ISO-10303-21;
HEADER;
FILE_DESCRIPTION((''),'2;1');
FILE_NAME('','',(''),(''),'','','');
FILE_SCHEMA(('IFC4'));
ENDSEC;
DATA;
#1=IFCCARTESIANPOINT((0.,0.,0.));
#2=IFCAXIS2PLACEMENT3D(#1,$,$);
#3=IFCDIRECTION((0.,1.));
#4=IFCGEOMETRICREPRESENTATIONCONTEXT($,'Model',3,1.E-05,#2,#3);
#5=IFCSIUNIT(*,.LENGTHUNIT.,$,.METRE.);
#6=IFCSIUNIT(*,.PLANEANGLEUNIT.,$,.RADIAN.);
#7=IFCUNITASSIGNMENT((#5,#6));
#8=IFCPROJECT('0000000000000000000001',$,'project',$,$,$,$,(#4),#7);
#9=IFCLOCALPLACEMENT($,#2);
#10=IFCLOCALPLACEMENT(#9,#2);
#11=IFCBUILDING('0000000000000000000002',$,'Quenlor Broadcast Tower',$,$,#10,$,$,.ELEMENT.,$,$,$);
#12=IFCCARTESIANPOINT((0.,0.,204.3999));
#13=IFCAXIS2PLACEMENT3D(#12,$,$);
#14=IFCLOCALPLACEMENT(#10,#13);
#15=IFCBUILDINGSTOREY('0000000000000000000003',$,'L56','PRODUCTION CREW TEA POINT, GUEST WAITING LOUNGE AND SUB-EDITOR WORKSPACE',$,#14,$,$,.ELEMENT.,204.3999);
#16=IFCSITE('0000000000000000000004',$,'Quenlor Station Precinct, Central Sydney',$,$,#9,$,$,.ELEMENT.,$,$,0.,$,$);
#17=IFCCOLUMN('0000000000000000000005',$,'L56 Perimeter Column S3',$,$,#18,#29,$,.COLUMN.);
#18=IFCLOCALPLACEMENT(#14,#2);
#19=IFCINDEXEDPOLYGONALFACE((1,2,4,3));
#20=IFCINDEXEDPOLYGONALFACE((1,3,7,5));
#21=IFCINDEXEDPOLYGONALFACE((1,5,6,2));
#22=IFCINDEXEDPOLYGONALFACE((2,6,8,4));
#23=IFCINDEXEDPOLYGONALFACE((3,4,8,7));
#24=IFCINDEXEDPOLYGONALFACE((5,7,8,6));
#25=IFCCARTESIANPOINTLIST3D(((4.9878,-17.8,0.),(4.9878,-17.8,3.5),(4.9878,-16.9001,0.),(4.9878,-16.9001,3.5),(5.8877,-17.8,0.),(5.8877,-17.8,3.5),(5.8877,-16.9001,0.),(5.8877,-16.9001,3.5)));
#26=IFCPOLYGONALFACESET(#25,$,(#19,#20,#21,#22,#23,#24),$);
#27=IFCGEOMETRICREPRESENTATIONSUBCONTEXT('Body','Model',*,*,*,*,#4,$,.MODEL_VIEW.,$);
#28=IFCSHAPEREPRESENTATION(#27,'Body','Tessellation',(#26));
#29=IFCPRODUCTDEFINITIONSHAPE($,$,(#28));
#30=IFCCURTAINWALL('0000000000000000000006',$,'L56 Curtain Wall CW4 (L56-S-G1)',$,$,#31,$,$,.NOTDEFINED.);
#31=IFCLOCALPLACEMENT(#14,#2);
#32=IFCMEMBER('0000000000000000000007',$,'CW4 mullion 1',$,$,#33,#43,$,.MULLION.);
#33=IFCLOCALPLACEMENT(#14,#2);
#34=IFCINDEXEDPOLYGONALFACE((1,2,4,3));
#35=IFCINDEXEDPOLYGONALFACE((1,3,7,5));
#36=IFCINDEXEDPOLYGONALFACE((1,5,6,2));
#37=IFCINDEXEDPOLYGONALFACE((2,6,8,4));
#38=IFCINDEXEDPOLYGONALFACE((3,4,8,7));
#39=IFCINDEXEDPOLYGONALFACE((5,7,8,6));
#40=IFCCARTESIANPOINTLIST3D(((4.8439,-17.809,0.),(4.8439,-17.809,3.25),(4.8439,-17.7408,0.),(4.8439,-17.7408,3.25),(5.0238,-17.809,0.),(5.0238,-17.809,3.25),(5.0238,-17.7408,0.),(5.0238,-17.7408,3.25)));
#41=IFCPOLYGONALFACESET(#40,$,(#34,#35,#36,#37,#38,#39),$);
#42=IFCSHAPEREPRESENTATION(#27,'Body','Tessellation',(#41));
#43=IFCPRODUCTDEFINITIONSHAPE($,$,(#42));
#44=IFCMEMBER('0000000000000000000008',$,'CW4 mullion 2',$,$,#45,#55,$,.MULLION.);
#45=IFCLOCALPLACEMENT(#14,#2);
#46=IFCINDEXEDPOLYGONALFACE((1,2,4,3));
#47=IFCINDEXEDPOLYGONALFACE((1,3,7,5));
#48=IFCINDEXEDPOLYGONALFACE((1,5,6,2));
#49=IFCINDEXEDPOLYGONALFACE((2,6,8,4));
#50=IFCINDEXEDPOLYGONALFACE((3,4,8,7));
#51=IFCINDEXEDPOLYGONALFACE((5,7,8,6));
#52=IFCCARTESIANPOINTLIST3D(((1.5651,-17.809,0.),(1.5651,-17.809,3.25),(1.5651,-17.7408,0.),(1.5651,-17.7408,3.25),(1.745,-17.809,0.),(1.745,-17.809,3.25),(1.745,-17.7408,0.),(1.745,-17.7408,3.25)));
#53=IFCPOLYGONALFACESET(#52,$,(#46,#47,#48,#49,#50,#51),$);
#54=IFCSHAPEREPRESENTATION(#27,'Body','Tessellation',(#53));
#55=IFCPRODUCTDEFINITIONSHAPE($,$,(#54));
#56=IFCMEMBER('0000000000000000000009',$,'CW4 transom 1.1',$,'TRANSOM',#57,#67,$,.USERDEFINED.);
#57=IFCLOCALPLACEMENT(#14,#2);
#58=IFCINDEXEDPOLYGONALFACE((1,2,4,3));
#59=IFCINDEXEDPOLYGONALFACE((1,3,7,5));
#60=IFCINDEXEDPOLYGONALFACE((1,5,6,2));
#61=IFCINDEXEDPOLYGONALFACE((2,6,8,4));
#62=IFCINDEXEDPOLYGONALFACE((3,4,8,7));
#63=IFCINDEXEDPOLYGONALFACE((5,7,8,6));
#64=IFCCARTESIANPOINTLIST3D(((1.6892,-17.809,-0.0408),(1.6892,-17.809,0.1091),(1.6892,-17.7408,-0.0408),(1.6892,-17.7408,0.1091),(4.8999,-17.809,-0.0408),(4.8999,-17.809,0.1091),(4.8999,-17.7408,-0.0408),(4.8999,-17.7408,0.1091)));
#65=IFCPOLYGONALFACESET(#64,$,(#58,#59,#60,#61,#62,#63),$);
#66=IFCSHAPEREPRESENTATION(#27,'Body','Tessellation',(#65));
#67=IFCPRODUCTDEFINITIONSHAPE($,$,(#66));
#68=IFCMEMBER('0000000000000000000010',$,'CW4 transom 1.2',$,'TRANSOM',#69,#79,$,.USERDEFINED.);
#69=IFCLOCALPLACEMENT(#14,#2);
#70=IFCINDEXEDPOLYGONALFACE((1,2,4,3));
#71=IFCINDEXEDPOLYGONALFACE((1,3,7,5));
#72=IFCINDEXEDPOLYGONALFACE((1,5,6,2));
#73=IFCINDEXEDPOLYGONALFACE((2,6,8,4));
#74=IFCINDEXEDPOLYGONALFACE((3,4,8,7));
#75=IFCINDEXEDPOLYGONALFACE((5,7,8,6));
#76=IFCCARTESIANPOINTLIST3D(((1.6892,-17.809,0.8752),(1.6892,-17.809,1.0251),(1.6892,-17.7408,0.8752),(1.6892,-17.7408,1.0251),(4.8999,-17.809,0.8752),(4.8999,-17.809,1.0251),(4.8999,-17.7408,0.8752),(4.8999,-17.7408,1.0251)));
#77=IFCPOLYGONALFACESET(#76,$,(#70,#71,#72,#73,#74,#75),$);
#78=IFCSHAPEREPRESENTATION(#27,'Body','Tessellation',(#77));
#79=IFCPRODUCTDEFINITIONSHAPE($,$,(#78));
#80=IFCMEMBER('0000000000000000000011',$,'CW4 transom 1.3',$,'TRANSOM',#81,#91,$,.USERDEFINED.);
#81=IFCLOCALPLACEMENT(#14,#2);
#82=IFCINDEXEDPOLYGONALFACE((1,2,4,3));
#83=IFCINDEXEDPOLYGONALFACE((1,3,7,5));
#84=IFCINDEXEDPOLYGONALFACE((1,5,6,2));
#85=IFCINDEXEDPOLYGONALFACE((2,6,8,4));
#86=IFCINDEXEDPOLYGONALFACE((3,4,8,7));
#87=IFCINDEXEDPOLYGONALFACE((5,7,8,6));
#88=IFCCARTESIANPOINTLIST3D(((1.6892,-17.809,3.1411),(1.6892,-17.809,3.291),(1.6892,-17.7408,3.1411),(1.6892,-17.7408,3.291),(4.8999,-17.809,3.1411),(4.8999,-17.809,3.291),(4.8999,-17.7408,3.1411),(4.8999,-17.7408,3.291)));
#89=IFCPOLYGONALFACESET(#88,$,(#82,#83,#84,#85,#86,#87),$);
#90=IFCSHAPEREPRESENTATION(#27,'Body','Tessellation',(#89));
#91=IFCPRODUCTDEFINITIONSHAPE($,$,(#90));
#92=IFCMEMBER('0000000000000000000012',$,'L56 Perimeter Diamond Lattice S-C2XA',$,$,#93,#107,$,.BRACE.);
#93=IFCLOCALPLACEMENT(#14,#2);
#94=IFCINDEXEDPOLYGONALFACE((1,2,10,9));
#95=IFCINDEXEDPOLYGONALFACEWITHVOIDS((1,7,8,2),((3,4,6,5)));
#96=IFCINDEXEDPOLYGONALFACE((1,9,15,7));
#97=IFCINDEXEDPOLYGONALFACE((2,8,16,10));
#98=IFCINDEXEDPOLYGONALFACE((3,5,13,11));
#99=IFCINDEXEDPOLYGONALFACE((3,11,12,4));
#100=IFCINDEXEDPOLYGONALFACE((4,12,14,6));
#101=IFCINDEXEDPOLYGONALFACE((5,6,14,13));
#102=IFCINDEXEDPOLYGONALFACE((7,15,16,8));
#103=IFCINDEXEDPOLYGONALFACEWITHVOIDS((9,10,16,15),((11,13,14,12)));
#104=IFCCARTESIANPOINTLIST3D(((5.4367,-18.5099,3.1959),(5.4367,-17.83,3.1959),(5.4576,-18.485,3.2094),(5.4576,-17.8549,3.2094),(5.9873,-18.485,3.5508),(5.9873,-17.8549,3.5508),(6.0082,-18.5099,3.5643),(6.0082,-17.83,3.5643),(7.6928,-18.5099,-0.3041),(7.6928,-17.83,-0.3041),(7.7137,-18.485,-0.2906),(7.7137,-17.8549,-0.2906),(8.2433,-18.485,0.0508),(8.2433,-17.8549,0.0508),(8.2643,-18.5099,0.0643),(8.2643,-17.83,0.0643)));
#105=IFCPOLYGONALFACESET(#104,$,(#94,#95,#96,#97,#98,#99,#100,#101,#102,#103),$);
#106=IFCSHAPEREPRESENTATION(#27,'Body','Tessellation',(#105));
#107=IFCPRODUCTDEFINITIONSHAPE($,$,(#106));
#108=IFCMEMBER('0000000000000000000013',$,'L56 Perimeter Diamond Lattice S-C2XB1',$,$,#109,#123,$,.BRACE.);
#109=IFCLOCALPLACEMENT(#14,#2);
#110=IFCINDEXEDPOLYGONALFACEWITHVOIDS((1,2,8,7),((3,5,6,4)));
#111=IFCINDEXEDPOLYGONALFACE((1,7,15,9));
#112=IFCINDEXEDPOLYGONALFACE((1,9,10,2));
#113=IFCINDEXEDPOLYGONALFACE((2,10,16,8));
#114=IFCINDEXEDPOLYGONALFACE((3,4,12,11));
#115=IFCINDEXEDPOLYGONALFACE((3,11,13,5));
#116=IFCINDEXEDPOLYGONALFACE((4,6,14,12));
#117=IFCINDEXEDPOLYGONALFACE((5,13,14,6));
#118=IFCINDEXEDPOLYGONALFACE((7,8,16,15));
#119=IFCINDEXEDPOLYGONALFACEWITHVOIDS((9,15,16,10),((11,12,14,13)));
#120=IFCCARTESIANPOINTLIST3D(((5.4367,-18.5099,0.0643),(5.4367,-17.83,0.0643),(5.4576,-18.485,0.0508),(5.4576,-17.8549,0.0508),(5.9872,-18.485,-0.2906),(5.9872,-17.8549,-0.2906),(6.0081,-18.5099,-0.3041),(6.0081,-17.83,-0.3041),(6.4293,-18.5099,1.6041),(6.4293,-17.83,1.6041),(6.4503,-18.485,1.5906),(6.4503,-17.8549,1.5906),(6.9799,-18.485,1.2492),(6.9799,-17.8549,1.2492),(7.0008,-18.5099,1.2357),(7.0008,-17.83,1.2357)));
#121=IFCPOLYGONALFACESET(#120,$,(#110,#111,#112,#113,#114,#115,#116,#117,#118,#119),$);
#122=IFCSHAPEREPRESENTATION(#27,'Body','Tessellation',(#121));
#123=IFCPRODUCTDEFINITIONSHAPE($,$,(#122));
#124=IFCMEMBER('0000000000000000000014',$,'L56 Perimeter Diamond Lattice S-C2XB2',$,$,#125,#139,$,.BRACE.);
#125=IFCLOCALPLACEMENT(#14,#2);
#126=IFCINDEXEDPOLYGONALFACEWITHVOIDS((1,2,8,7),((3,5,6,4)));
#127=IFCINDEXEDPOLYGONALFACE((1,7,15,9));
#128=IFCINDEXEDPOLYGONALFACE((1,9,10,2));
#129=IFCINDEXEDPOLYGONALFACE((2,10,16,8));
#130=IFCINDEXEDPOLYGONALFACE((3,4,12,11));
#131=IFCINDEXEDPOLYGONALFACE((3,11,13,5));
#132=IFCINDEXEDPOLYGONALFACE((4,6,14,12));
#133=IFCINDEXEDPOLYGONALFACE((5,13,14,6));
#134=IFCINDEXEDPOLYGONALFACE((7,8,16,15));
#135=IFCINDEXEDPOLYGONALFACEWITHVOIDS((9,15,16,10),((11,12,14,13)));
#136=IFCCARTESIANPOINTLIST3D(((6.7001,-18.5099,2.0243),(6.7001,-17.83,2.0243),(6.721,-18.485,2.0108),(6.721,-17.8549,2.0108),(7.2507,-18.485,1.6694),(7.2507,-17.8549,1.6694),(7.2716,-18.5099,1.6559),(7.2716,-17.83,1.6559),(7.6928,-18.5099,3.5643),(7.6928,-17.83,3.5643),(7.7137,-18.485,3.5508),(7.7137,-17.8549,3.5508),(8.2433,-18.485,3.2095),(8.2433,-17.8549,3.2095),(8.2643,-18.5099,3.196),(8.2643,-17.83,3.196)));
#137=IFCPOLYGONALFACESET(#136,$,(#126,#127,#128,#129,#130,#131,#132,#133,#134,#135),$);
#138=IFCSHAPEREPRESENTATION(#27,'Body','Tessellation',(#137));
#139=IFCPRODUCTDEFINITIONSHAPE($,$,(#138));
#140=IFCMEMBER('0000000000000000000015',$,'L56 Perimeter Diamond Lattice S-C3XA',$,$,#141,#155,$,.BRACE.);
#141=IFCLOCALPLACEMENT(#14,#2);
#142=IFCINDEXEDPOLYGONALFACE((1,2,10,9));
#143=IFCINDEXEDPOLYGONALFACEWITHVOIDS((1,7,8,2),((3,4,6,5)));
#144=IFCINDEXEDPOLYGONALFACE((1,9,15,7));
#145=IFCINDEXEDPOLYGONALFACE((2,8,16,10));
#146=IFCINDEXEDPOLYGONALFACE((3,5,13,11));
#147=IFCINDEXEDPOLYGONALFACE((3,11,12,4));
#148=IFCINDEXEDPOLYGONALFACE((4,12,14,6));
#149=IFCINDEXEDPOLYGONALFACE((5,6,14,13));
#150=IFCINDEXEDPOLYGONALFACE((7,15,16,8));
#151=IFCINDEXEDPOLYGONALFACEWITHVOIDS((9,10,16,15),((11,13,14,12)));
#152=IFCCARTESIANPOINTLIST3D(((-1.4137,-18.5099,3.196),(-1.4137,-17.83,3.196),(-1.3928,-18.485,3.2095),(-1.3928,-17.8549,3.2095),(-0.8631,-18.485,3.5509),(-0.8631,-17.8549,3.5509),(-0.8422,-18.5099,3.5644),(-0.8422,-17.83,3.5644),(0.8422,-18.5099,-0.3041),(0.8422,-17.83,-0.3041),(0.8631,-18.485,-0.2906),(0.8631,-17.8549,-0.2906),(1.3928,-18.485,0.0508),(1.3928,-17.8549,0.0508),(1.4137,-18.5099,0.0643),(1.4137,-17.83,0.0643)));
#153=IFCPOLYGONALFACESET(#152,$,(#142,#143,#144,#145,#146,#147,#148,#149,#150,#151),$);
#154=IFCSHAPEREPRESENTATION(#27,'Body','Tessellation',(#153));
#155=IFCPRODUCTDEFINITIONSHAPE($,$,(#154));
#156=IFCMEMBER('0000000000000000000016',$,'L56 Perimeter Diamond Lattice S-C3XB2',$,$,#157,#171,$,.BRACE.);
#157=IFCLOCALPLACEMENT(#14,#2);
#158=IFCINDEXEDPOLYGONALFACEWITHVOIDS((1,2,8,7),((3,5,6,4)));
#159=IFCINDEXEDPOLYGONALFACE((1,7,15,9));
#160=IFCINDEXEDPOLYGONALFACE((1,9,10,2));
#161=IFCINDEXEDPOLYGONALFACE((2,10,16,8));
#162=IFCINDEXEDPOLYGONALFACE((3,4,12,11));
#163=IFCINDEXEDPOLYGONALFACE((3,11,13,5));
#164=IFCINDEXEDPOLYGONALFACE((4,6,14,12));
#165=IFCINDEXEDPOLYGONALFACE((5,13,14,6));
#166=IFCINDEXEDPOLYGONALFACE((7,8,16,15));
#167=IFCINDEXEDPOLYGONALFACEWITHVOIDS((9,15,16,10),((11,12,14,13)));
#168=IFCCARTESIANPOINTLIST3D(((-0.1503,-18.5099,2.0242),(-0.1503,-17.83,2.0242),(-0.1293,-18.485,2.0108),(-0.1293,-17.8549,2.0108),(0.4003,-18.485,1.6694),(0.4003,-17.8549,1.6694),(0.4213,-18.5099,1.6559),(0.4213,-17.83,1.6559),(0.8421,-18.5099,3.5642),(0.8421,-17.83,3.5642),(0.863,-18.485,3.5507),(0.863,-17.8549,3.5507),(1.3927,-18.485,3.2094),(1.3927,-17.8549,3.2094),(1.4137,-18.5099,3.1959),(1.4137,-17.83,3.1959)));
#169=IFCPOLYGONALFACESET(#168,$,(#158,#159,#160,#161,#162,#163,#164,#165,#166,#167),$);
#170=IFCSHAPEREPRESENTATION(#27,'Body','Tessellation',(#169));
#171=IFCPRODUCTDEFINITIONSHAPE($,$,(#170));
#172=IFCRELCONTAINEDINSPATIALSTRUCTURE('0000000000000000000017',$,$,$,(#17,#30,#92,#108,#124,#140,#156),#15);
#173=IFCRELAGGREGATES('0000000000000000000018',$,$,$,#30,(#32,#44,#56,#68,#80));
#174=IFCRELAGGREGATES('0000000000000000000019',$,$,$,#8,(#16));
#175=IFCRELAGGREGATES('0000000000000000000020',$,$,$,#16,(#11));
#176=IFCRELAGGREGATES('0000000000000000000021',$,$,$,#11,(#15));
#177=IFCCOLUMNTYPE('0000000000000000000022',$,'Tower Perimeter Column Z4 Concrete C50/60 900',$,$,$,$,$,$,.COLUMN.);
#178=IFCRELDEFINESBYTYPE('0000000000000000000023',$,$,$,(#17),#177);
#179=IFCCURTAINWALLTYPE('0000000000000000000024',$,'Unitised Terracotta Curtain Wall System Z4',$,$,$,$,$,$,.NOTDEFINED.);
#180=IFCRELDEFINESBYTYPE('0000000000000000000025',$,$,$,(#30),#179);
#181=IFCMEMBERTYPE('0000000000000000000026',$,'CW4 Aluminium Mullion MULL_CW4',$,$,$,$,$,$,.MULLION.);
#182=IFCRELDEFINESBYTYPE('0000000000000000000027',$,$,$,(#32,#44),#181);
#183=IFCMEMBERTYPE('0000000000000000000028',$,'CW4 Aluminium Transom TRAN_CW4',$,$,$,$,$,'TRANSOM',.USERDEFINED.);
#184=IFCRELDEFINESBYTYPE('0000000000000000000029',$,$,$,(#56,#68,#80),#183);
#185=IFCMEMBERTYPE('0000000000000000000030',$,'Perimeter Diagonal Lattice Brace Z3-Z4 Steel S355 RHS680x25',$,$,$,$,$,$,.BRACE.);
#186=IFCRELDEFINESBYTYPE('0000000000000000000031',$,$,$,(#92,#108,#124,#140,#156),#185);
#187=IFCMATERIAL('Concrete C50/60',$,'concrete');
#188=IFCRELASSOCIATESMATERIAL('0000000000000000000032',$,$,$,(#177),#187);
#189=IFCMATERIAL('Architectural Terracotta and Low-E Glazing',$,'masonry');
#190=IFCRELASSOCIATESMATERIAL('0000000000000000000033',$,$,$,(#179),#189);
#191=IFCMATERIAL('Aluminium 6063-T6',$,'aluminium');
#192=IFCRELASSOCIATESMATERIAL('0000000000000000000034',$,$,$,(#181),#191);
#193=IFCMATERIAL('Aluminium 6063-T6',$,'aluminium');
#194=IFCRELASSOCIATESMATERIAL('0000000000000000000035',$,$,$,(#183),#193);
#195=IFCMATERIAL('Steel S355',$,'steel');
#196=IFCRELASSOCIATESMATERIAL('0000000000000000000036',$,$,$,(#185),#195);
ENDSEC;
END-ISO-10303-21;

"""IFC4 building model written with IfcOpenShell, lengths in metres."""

from ifc_helpers import new_model, si_unit, direction, frame, origin, origin_2d, place, context, subcontext, project, spatial, rectangle, hollow_rectangle, extrude, material, material_profile, profile_set, type_object, element, aggregate, save


model = new_model("IFC4")

# Units and contexts
model_context = context("Model", 3, precision=1e-05, world=origin(), true_north=direction((0.0, 1.0)))
body_context = subcontext(model_context, "Body", "Model", "MODEL_VIEW")
ifc_project = project(units=[si_unit("LENGTHUNIT", "METRE"), si_unit("PLANEANGLEUNIT", "RADIAN")], contexts=[model_context])

# Site, building, storey
site_placement = place(None, origin())
site = spatial("IfcSite", under=ifc_project, at=site_placement, Name="Quenlor Station Precinct, Central Sydney", CompositionType="ELEMENT", RefElevation=0.0)
building_placement = place(site_placement, origin())
building = spatial("IfcBuilding", under=site, at=building_placement, Name="Quenlor Broadcast Tower", CompositionType="ELEMENT")
storey_placement = place(building_placement, frame((0.0, 0.0, 204.3999)))
storey = spatial("IfcBuildingStorey", under=building, at=storey_placement, Name="L56", Description="PRODUCTION CREW TEA POINT, GUEST WAITING LOUNGE AND SUB-EDITOR WORKSPACE", CompositionType="ELEMENT", Elevation=204.3999)

# Column
ifc_material_1 = material(Name="Concrete C50/60", Category="concrete")
ifc_material_profile_1 = material_profile(ifc_material_1, rectangle(XDim=0.8999, YDim=0.8999, at=origin_2d()))
ifc_profile_set_1 = profile_set([ifc_material_profile_1], Name="Concrete C50/60 RC900x900")
column_type = type_object("IfcColumnType", Name="Tower Perimeter Column Z4 Concrete C50/60 900", PredefinedType="COLUMN", material=ifc_profile_set_1)
column_placement = place(storey_placement, frame((5.4377, -17.3501, 0.0), z_axis=(0.0, 0.0, 1.0), x_axis=(0.0, 1.0, 0.0)))
element("IfcColumn", 1, at=column_placement, inside=storey, type_object=column_type, Name="L56 Perimeter Column S3", PredefinedType="COLUMN", context=body_context, shape_type="SweptSolid", body=[
    extrude(rectangle(XDim=0.8999, YDim=0.8999, at=origin_2d()), origin(), (0.0, 0.0, 1.0), 3.5),
])

# Curtain wall, members
ifc_material_2 = material(Name="Architectural Terracotta and Low-E Glazing", Category="masonry")
curtain_wall_type = type_object("IfcCurtainWallType", Name="Unitised Terracotta Curtain Wall System Z4", PredefinedType="NOTDEFINED", material=ifc_material_2)
curtain_wall_placement = place(storey_placement, origin())
curtain_wall = element("IfcCurtainWall", 2, at=curtain_wall_placement, inside=storey, type_object=curtain_wall_type, Name="L56 Curtain Wall CW4 (L56-S-G1)", PredefinedType="NOTDEFINED")
ifc_material_3 = material(Name="Aluminium 6063-T6", Category="aluminium")
ifc_material_profile_2 = material_profile(ifc_material_3, rectangle(XDim=0.0681, YDim=0.1799, at=origin_2d()))
ifc_profile_set_2 = profile_set([ifc_material_profile_2], Name="Aluminium 6063-T6 MULL68x180")
member_type_1 = type_object("IfcMemberType", Name="CW4 Aluminium Mullion MULL_CW4", PredefinedType="MULLION", material=ifc_profile_set_2)
member_1_placement = place(storey_placement, frame((4.9338, -17.7749, 0.0), z_axis=(0.0, 0.0, 1.0), x_axis=(0.0, -1.0, 0.0)))
member_1 = element("IfcMember", 3, at=member_1_placement, type_object=member_type_1, Name="CW4 mullion 1", PredefinedType="MULLION", context=body_context, shape_type="SweptSolid", body=[
    extrude(rectangle(XDim=0.0681, YDim=0.1799, at=origin_2d()), origin(), (0.0, 0.0, 1.0), 3.25),
])
member_2_placement = place(storey_placement, frame((1.655, -17.7749, 0.0), z_axis=(0.0, 0.0, 1.0), x_axis=(0.0, -1.0, 0.0)))
member_2 = element("IfcMember", 4, at=member_2_placement, type_object=member_type_1, Name="CW4 mullion 2", PredefinedType="MULLION", context=body_context, shape_type="SweptSolid", body=[
    extrude(rectangle(XDim=0.0681, YDim=0.1799, at=origin_2d()), origin(), (0.0, 0.0, 1.0), 3.25),
])
ifc_material_4 = material(Name="Aluminium 6063-T6", Category="aluminium")
ifc_material_profile_3 = material_profile(ifc_material_4, rectangle(XDim=0.0681, YDim=0.1499, at=origin_2d()))
ifc_profile_set_3 = profile_set([ifc_material_profile_3], Name="Aluminium 6063-T6 TRAN68x150")
member_type_2 = type_object("IfcMemberType", Name="CW4 Aluminium Transom TRAN_CW4", ElementType="TRANSOM", PredefinedType="USERDEFINED", material=ifc_profile_set_3)
member_3_placement = place(storey_placement, frame((4.8999, -17.7749, 0.0342), z_axis=(-1.0, 0.0, 0.0), x_axis=(0.0, -1.0, 0.0)))
member_3 = element("IfcMember", 5, at=member_3_placement, type_object=member_type_2, Name="CW4 transom 1.1", ObjectType="TRANSOM", PredefinedType="USERDEFINED", context=body_context, shape_type="SweptSolid", body=[
    extrude(rectangle(XDim=0.0681, YDim=0.1499, at=origin_2d()), origin(), (0.0, 0.0, 1.0), 3.2107),
])
member_4_placement = place(storey_placement, frame((4.8999, -17.7749, 0.9502), z_axis=(-1.0, 0.0, 0.0), x_axis=(0.0, -1.0, 0.0)))
member_4 = element("IfcMember", 6, at=member_4_placement, type_object=member_type_2, Name="CW4 transom 1.2", ObjectType="TRANSOM", PredefinedType="USERDEFINED", context=body_context, shape_type="SweptSolid", body=[
    extrude(rectangle(XDim=0.0681, YDim=0.1499, at=origin_2d()), origin(), (0.0, 0.0, 1.0), 3.2107),
])
member_5_placement = place(storey_placement, frame((4.8999, -17.7749, 3.2161), z_axis=(-1.0, 0.0, 0.0), x_axis=(0.0, -1.0, 0.0)))
member_5 = element("IfcMember", 7, at=member_5_placement, type_object=member_type_2, Name="CW4 transom 1.3", ObjectType="TRANSOM", PredefinedType="USERDEFINED", context=body_context, shape_type="SweptSolid", body=[
    extrude(rectangle(XDim=0.0681, YDim=0.1499, at=origin_2d()), origin(), (0.0, 0.0, 1.0), 3.2107),
])

# Members
ifc_material_5 = material(Name="Steel S355", Category="steel")
ifc_material_profile_4 = material_profile(ifc_material_5, hollow_rectangle(XDim=0.6799, YDim=0.6799, WallThickness=0.0249, at=origin_2d()))
ifc_profile_set_4 = profile_set([ifc_material_profile_4], Name="Steel S355 RHS680x680x25")
member_type_3 = type_object("IfcMemberType", Name="Perimeter Diagonal Lattice Brace Z3-Z4 Steel S355 RHS680x25", PredefinedType="BRACE", material=ifc_profile_set_4)
member_6_placement = place(storey_placement, frame((7.9785, -18.1699, -0.1199), z_axis=(-0.541794, 0.0, 0.840511), x_axis=(0.0, -1.0, 0.0)))
element("IfcMember", 8, at=member_6_placement, inside=storey, type_object=member_type_3, Name="L56 Perimeter Diamond Lattice S-C2XA", PredefinedType="BRACE", context=body_context, shape_type="SweptSolid", body=[
    extrude(hollow_rectangle(XDim=0.6799, YDim=0.6799, WallThickness=0.0249, at=origin_2d()), origin(), (0.0, 0.0, 1.0), 4.1641),
])
member_7_placement = place(storey_placement, frame((5.7224, -18.1699, -0.1199), z_axis=(0.541842, 0.0, 0.840481), x_axis=(0.0, 1.0, 0.0)))
element("IfcMember", 9, at=member_7_placement, inside=storey, type_object=member_type_3, Name="L56 Perimeter Diamond Lattice S-C2XB1", PredefinedType="BRACE", context=body_context, shape_type="SweptSolid", body=[
    extrude(hollow_rectangle(XDim=0.6799, YDim=0.6799, WallThickness=0.0249, at=origin_2d()), origin(), (0.0, 0.0, 1.0), 1.832),
])
member_8_placement = place(storey_placement, frame((6.9858, -18.1699, 1.8401), z_axis=(0.541781, 0.0, 0.84052), x_axis=(0.0, 1.0, 0.0)))
element("IfcMember", 10, at=member_8_placement, inside=storey, type_object=member_type_3, Name="L56 Perimeter Diamond Lattice S-C2XB2", PredefinedType="BRACE", context=body_context, shape_type="SweptSolid", body=[
    extrude(hollow_rectangle(XDim=0.6799, YDim=0.6799, WallThickness=0.0249, at=origin_2d()), origin(), (0.0, 0.0, 1.0), 1.8323),
])
member_9_placement = place(storey_placement, frame((1.1279, -18.1699, -0.1199), z_axis=(-0.541753, 0.0, 0.840538), x_axis=(0.0, -1.0, 0.0)))
element("IfcMember", 11, at=member_9_placement, inside=storey, type_object=member_type_3, Name="L56 Perimeter Diamond Lattice S-C3XA", PredefinedType="BRACE", context=body_context, shape_type="SweptSolid", body=[
    extrude(hollow_rectangle(XDim=0.6799, YDim=0.6799, WallThickness=0.0249, at=origin_2d()), origin(), (0.0, 0.0, 1.0), 4.1641),
])
member_10_placement = place(storey_placement, frame((0.1355, -18.1699, 1.8401), z_axis=(0.541687, 0.0, 0.84058), x_axis=(0.0, 1.0, 0.0)))
element("IfcMember", 12, at=member_10_placement, inside=storey, type_object=member_type_3, Name="L56 Perimeter Diamond Lattice S-C3XB2", PredefinedType="BRACE", context=body_context, shape_type="SweptSolid", body=[
    extrude(hollow_rectangle(XDim=0.6799, YDim=0.6799, WallThickness=0.0249, at=origin_2d()), origin(), (0.0, 0.0, 1.0), 1.832),
])

aggregate(curtain_wall, [member_1, member_2, member_3, member_4, member_5])

save(model, "model.ifc")
